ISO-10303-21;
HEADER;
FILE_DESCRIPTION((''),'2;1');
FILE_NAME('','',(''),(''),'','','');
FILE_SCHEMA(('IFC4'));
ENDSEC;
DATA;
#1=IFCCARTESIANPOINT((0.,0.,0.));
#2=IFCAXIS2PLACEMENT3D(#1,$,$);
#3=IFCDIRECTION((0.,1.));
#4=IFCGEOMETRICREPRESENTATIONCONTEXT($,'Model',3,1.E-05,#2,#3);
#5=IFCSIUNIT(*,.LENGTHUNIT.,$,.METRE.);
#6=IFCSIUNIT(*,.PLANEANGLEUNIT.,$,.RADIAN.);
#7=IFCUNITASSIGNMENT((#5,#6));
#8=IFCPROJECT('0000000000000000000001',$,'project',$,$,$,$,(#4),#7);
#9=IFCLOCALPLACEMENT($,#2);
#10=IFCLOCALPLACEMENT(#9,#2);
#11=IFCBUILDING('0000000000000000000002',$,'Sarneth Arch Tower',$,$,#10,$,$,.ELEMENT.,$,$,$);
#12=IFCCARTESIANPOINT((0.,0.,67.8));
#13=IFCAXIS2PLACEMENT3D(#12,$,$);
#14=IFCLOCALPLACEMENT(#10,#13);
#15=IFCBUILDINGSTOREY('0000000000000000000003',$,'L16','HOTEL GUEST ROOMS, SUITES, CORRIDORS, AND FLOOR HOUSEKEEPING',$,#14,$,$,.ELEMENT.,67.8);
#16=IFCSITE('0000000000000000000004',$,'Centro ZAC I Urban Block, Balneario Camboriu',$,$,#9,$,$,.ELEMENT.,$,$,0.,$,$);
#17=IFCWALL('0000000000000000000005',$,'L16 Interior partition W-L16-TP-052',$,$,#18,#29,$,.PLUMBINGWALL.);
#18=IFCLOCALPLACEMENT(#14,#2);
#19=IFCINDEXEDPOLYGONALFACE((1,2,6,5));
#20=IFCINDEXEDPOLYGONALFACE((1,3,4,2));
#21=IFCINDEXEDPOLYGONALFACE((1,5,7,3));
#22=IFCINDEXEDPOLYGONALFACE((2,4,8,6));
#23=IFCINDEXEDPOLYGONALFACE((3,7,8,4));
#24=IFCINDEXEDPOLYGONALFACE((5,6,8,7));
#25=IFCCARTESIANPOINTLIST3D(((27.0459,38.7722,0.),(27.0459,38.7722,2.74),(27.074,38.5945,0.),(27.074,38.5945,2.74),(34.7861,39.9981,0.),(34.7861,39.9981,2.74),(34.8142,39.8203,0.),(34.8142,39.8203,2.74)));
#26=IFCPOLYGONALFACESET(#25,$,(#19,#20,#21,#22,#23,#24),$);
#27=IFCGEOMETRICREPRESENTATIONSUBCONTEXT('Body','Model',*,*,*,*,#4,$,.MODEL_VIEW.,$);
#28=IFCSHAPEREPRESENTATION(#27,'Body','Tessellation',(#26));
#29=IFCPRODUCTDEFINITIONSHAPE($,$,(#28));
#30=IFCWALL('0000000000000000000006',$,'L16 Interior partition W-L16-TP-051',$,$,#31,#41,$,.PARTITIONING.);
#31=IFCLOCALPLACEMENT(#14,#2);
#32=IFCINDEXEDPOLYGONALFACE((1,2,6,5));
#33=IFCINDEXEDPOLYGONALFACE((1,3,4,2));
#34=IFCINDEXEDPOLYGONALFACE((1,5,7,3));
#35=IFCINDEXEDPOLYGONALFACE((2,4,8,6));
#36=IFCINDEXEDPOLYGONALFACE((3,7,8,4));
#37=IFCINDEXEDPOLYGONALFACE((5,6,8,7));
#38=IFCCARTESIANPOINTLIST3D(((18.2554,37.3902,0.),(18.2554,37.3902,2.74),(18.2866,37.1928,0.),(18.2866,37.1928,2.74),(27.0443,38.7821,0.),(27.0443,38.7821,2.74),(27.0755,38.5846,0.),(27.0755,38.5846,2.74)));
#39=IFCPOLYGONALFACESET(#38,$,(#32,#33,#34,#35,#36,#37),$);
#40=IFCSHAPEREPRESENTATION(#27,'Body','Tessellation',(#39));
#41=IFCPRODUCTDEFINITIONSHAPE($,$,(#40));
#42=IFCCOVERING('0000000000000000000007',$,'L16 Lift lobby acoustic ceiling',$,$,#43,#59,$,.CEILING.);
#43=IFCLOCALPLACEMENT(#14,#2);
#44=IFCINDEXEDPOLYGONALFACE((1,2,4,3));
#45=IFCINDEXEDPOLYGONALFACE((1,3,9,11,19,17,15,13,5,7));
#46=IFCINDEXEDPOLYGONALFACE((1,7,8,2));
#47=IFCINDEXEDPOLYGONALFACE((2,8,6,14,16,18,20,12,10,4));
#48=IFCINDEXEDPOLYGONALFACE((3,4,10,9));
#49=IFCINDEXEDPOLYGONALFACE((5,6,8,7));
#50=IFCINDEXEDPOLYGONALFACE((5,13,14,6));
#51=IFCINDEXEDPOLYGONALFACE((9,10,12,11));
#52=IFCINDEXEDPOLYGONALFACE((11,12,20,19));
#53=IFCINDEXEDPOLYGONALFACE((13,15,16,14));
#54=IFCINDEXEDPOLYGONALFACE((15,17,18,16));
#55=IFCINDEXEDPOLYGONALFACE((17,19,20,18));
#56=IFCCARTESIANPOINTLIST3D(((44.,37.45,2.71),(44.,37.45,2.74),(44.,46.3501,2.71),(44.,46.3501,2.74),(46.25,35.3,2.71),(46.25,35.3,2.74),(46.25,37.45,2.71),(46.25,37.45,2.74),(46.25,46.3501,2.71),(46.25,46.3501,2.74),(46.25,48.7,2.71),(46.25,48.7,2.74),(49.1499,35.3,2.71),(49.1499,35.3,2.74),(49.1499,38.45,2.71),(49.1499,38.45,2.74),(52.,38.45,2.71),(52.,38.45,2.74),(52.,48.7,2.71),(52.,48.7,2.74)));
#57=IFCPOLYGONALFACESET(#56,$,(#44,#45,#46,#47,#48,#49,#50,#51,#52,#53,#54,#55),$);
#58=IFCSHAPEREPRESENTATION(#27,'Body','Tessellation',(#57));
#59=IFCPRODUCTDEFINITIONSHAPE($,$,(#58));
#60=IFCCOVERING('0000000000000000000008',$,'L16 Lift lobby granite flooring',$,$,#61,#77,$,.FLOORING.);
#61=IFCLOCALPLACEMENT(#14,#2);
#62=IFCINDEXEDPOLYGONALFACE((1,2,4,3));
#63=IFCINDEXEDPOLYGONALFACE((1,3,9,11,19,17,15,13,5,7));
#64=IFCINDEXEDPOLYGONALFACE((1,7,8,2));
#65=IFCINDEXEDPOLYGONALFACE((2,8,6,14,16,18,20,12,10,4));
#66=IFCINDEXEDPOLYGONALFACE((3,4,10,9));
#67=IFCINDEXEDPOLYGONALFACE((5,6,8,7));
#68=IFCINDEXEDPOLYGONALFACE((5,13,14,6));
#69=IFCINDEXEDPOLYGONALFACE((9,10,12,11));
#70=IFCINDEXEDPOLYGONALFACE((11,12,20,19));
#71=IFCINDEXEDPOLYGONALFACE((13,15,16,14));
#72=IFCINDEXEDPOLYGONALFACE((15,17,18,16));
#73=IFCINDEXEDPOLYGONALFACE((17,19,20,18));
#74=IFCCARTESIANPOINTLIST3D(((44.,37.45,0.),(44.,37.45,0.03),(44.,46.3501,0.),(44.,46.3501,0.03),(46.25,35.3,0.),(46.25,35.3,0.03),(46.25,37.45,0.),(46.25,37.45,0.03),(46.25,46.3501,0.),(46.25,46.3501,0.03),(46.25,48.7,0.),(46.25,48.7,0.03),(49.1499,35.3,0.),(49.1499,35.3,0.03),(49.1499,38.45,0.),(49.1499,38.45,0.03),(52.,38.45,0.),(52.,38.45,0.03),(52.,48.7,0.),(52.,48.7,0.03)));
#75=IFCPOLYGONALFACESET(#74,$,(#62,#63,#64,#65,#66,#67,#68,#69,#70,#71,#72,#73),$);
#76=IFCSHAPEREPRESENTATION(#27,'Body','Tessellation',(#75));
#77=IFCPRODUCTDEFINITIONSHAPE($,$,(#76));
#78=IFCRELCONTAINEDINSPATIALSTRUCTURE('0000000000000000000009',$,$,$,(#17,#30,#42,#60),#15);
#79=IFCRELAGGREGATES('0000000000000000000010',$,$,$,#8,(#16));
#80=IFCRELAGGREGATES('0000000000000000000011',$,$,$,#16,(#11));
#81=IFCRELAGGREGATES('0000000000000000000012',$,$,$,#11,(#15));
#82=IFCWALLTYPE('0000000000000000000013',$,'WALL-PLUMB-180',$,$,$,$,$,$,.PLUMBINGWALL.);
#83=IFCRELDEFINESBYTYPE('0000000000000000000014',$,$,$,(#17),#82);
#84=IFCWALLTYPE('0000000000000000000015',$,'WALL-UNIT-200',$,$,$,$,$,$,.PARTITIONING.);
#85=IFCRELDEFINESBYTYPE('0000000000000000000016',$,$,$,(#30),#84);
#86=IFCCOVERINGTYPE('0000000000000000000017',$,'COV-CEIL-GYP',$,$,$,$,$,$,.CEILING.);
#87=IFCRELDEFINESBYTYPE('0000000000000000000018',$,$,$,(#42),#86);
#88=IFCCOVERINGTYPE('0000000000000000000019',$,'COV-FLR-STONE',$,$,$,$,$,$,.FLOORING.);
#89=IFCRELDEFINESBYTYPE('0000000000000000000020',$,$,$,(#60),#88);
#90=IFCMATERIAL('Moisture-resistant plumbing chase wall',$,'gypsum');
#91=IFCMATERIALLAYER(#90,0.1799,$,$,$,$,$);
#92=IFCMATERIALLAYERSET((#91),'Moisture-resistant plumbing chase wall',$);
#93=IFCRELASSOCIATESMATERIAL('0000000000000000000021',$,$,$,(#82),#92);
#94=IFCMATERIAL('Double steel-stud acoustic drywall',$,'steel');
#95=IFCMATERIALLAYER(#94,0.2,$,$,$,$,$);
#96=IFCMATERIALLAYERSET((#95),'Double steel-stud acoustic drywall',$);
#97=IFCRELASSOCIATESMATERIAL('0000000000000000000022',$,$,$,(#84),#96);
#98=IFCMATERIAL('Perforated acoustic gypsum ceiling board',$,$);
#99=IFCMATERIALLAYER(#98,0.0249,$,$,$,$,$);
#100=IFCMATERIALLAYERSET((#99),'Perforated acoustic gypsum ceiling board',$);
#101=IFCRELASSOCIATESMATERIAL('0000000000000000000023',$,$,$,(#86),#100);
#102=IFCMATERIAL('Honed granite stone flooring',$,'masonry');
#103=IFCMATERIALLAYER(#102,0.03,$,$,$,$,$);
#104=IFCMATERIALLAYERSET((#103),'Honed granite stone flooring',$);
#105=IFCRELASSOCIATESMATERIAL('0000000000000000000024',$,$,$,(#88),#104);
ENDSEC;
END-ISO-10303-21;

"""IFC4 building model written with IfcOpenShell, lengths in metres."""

from ifc_helpers import new_model, si_unit, direction, frame, frame_2d, origin, place, context, subcontext, project, spatial, polyline, rectangle, outline, extrude, material, layer, layer_set, type_object, element, save


model = new_model("IFC4")

# Units and contexts
model_context = context("Model", 3, precision=1e-05, world=origin(), true_north=direction((0.0, 1.0)))
body_context = subcontext(model_context, "Body", "Model", "MODEL_VIEW")
ifc_project = project(units=[si_unit("LENGTHUNIT", "METRE"), si_unit("PLANEANGLEUNIT", "RADIAN")], contexts=[model_context])

# Site, building, storey
site_placement = place(None, origin())
site = spatial("IfcSite", under=ifc_project, at=site_placement, Name="Centro ZAC I Urban Block, Balneario Camboriu", CompositionType="ELEMENT", RefElevation=0.0)
building_placement = place(site_placement, origin())
building = spatial("IfcBuilding", under=site, at=building_placement, Name="Sarneth Arch Tower", CompositionType="ELEMENT")
storey_placement = place(building_placement, frame((0.0, 0.0, 67.8)))
storey = spatial("IfcBuildingStorey", under=building, at=storey_placement, Name="L16", Description="HOTEL GUEST ROOMS, SUITES, CORRIDORS, AND FLOOR HOUSEKEEPING", CompositionType="ELEMENT", Elevation=67.8)

# Walls
ifc_material_1 = material(Name="Moisture-resistant plumbing chase wall", Category="gypsum")
ifc_layer_1 = layer(ifc_material_1, 0.1799)
ifc_layer_set_1 = layer_set([ifc_layer_1], Name="Moisture-resistant plumbing chase wall")
wall_type_1 = type_object("IfcWallType", Name="WALL-PLUMB-180", PredefinedType="PLUMBINGWALL", material=ifc_layer_set_1)
wall_1_placement = place(storey_placement, frame((27.0598, 38.6833, 0.0), z_axis=(0.0, 0.0, 1.0), x_axis=(0.98769, 0.156422, 0.0)))
element("IfcWall", 1, at=wall_1_placement, inside=storey, type_object=wall_type_1, Name="L16 Interior partition W-L16-TP-052", PredefinedType="PLUMBINGWALL", context=body_context, shape_type="SweptSolid", body=[
    extrude(rectangle(XDim=7.8367, YDim=0.1799, at=frame_2d((3.9185, 0.0))), origin(), (0.0, 0.0, 1.0), 2.74),
])
ifc_material_2 = material(Name="Double steel-stud acoustic drywall", Category="steel")
ifc_layer_2 = layer(ifc_material_2, 0.2)
ifc_layer_set_2 = layer_set([ifc_layer_2], Name="Double steel-stud acoustic drywall")
wall_type_2 = type_object("IfcWallType", Name="WALL-UNIT-200", PredefinedType="PARTITIONING", material=ifc_layer_set_2)
wall_2_placement = place(storey_placement, frame((18.271, 37.2915, 0.0), z_axis=(0.0, 0.0, 1.0), x_axis=(0.987691, 0.156416, 0.0)))
element("IfcWall", 2, at=wall_2_placement, inside=storey, type_object=wall_type_2, Name="L16 Interior partition W-L16-TP-051", PredefinedType="PARTITIONING", context=body_context, shape_type="SweptSolid", body=[
    extrude(rectangle(XDim=8.8984, YDim=0.2, at=frame_2d((4.4492, 0.0))), origin(), (0.0, 0.0, 1.0), 2.74),
])

# Coverings
ifc_material_3 = material(Name="Perforated acoustic gypsum ceiling board")
ifc_layer_3 = layer(ifc_material_3, 0.0249)
ifc_layer_set_3 = layer_set([ifc_layer_3], Name="Perforated acoustic gypsum ceiling board")
covering_type_1 = type_object("IfcCoveringType", Name="COV-CEIL-GYP", PredefinedType="CEILING", material=ifc_layer_set_3)
covering_1_placement = place(storey_placement, frame((0.0, 0.0, 2.71)))
element("IfcCovering", 3, at=covering_1_placement, inside=storey, type_object=covering_type_1, Name="L16 Lift lobby acoustic ceiling", PredefinedType="CEILING", context=body_context, shape_type="SweptSolid", body=[
    extrude(outline(polyline([(49.1499, 38.45), (49.1499, 35.3), (46.25, 35.3), (46.25, 37.45), (44.0, 37.45), (44.0, 46.3501), (46.25, 46.3501), (46.25, 48.7), (52.0, 48.7), (52.0, 38.45), (49.1499, 38.45)])), origin(), (0.0, 0.0, 1.0), 0.03),
])
ifc_material_4 = material(Name="Honed granite stone flooring", Category="masonry")
ifc_layer_4 = layer(ifc_material_4, 0.03)
ifc_layer_set_4 = layer_set([ifc_layer_4], Name="Honed granite stone flooring")
covering_type_2 = type_object("IfcCoveringType", Name="COV-FLR-STONE", PredefinedType="FLOORING", material=ifc_layer_set_4)
covering_2_placement = place(storey_placement, origin())
element("IfcCovering", 4, at=covering_2_placement, inside=storey, type_object=covering_type_2, Name="L16 Lift lobby granite flooring", PredefinedType="FLOORING", context=body_context, shape_type="SweptSolid", body=[
    extrude(outline(polyline([(49.1499, 38.45), (49.1499, 35.3), (46.25, 35.3), (46.25, 37.45), (44.0, 37.45), (44.0, 46.3501), (46.25, 46.3501), (46.25, 48.7), (52.0, 48.7), (52.0, 38.45), (49.1499, 38.45)])), origin(), (0.0, 0.0, 1.0), 0.03),
])

save(model, "model.ifc")
